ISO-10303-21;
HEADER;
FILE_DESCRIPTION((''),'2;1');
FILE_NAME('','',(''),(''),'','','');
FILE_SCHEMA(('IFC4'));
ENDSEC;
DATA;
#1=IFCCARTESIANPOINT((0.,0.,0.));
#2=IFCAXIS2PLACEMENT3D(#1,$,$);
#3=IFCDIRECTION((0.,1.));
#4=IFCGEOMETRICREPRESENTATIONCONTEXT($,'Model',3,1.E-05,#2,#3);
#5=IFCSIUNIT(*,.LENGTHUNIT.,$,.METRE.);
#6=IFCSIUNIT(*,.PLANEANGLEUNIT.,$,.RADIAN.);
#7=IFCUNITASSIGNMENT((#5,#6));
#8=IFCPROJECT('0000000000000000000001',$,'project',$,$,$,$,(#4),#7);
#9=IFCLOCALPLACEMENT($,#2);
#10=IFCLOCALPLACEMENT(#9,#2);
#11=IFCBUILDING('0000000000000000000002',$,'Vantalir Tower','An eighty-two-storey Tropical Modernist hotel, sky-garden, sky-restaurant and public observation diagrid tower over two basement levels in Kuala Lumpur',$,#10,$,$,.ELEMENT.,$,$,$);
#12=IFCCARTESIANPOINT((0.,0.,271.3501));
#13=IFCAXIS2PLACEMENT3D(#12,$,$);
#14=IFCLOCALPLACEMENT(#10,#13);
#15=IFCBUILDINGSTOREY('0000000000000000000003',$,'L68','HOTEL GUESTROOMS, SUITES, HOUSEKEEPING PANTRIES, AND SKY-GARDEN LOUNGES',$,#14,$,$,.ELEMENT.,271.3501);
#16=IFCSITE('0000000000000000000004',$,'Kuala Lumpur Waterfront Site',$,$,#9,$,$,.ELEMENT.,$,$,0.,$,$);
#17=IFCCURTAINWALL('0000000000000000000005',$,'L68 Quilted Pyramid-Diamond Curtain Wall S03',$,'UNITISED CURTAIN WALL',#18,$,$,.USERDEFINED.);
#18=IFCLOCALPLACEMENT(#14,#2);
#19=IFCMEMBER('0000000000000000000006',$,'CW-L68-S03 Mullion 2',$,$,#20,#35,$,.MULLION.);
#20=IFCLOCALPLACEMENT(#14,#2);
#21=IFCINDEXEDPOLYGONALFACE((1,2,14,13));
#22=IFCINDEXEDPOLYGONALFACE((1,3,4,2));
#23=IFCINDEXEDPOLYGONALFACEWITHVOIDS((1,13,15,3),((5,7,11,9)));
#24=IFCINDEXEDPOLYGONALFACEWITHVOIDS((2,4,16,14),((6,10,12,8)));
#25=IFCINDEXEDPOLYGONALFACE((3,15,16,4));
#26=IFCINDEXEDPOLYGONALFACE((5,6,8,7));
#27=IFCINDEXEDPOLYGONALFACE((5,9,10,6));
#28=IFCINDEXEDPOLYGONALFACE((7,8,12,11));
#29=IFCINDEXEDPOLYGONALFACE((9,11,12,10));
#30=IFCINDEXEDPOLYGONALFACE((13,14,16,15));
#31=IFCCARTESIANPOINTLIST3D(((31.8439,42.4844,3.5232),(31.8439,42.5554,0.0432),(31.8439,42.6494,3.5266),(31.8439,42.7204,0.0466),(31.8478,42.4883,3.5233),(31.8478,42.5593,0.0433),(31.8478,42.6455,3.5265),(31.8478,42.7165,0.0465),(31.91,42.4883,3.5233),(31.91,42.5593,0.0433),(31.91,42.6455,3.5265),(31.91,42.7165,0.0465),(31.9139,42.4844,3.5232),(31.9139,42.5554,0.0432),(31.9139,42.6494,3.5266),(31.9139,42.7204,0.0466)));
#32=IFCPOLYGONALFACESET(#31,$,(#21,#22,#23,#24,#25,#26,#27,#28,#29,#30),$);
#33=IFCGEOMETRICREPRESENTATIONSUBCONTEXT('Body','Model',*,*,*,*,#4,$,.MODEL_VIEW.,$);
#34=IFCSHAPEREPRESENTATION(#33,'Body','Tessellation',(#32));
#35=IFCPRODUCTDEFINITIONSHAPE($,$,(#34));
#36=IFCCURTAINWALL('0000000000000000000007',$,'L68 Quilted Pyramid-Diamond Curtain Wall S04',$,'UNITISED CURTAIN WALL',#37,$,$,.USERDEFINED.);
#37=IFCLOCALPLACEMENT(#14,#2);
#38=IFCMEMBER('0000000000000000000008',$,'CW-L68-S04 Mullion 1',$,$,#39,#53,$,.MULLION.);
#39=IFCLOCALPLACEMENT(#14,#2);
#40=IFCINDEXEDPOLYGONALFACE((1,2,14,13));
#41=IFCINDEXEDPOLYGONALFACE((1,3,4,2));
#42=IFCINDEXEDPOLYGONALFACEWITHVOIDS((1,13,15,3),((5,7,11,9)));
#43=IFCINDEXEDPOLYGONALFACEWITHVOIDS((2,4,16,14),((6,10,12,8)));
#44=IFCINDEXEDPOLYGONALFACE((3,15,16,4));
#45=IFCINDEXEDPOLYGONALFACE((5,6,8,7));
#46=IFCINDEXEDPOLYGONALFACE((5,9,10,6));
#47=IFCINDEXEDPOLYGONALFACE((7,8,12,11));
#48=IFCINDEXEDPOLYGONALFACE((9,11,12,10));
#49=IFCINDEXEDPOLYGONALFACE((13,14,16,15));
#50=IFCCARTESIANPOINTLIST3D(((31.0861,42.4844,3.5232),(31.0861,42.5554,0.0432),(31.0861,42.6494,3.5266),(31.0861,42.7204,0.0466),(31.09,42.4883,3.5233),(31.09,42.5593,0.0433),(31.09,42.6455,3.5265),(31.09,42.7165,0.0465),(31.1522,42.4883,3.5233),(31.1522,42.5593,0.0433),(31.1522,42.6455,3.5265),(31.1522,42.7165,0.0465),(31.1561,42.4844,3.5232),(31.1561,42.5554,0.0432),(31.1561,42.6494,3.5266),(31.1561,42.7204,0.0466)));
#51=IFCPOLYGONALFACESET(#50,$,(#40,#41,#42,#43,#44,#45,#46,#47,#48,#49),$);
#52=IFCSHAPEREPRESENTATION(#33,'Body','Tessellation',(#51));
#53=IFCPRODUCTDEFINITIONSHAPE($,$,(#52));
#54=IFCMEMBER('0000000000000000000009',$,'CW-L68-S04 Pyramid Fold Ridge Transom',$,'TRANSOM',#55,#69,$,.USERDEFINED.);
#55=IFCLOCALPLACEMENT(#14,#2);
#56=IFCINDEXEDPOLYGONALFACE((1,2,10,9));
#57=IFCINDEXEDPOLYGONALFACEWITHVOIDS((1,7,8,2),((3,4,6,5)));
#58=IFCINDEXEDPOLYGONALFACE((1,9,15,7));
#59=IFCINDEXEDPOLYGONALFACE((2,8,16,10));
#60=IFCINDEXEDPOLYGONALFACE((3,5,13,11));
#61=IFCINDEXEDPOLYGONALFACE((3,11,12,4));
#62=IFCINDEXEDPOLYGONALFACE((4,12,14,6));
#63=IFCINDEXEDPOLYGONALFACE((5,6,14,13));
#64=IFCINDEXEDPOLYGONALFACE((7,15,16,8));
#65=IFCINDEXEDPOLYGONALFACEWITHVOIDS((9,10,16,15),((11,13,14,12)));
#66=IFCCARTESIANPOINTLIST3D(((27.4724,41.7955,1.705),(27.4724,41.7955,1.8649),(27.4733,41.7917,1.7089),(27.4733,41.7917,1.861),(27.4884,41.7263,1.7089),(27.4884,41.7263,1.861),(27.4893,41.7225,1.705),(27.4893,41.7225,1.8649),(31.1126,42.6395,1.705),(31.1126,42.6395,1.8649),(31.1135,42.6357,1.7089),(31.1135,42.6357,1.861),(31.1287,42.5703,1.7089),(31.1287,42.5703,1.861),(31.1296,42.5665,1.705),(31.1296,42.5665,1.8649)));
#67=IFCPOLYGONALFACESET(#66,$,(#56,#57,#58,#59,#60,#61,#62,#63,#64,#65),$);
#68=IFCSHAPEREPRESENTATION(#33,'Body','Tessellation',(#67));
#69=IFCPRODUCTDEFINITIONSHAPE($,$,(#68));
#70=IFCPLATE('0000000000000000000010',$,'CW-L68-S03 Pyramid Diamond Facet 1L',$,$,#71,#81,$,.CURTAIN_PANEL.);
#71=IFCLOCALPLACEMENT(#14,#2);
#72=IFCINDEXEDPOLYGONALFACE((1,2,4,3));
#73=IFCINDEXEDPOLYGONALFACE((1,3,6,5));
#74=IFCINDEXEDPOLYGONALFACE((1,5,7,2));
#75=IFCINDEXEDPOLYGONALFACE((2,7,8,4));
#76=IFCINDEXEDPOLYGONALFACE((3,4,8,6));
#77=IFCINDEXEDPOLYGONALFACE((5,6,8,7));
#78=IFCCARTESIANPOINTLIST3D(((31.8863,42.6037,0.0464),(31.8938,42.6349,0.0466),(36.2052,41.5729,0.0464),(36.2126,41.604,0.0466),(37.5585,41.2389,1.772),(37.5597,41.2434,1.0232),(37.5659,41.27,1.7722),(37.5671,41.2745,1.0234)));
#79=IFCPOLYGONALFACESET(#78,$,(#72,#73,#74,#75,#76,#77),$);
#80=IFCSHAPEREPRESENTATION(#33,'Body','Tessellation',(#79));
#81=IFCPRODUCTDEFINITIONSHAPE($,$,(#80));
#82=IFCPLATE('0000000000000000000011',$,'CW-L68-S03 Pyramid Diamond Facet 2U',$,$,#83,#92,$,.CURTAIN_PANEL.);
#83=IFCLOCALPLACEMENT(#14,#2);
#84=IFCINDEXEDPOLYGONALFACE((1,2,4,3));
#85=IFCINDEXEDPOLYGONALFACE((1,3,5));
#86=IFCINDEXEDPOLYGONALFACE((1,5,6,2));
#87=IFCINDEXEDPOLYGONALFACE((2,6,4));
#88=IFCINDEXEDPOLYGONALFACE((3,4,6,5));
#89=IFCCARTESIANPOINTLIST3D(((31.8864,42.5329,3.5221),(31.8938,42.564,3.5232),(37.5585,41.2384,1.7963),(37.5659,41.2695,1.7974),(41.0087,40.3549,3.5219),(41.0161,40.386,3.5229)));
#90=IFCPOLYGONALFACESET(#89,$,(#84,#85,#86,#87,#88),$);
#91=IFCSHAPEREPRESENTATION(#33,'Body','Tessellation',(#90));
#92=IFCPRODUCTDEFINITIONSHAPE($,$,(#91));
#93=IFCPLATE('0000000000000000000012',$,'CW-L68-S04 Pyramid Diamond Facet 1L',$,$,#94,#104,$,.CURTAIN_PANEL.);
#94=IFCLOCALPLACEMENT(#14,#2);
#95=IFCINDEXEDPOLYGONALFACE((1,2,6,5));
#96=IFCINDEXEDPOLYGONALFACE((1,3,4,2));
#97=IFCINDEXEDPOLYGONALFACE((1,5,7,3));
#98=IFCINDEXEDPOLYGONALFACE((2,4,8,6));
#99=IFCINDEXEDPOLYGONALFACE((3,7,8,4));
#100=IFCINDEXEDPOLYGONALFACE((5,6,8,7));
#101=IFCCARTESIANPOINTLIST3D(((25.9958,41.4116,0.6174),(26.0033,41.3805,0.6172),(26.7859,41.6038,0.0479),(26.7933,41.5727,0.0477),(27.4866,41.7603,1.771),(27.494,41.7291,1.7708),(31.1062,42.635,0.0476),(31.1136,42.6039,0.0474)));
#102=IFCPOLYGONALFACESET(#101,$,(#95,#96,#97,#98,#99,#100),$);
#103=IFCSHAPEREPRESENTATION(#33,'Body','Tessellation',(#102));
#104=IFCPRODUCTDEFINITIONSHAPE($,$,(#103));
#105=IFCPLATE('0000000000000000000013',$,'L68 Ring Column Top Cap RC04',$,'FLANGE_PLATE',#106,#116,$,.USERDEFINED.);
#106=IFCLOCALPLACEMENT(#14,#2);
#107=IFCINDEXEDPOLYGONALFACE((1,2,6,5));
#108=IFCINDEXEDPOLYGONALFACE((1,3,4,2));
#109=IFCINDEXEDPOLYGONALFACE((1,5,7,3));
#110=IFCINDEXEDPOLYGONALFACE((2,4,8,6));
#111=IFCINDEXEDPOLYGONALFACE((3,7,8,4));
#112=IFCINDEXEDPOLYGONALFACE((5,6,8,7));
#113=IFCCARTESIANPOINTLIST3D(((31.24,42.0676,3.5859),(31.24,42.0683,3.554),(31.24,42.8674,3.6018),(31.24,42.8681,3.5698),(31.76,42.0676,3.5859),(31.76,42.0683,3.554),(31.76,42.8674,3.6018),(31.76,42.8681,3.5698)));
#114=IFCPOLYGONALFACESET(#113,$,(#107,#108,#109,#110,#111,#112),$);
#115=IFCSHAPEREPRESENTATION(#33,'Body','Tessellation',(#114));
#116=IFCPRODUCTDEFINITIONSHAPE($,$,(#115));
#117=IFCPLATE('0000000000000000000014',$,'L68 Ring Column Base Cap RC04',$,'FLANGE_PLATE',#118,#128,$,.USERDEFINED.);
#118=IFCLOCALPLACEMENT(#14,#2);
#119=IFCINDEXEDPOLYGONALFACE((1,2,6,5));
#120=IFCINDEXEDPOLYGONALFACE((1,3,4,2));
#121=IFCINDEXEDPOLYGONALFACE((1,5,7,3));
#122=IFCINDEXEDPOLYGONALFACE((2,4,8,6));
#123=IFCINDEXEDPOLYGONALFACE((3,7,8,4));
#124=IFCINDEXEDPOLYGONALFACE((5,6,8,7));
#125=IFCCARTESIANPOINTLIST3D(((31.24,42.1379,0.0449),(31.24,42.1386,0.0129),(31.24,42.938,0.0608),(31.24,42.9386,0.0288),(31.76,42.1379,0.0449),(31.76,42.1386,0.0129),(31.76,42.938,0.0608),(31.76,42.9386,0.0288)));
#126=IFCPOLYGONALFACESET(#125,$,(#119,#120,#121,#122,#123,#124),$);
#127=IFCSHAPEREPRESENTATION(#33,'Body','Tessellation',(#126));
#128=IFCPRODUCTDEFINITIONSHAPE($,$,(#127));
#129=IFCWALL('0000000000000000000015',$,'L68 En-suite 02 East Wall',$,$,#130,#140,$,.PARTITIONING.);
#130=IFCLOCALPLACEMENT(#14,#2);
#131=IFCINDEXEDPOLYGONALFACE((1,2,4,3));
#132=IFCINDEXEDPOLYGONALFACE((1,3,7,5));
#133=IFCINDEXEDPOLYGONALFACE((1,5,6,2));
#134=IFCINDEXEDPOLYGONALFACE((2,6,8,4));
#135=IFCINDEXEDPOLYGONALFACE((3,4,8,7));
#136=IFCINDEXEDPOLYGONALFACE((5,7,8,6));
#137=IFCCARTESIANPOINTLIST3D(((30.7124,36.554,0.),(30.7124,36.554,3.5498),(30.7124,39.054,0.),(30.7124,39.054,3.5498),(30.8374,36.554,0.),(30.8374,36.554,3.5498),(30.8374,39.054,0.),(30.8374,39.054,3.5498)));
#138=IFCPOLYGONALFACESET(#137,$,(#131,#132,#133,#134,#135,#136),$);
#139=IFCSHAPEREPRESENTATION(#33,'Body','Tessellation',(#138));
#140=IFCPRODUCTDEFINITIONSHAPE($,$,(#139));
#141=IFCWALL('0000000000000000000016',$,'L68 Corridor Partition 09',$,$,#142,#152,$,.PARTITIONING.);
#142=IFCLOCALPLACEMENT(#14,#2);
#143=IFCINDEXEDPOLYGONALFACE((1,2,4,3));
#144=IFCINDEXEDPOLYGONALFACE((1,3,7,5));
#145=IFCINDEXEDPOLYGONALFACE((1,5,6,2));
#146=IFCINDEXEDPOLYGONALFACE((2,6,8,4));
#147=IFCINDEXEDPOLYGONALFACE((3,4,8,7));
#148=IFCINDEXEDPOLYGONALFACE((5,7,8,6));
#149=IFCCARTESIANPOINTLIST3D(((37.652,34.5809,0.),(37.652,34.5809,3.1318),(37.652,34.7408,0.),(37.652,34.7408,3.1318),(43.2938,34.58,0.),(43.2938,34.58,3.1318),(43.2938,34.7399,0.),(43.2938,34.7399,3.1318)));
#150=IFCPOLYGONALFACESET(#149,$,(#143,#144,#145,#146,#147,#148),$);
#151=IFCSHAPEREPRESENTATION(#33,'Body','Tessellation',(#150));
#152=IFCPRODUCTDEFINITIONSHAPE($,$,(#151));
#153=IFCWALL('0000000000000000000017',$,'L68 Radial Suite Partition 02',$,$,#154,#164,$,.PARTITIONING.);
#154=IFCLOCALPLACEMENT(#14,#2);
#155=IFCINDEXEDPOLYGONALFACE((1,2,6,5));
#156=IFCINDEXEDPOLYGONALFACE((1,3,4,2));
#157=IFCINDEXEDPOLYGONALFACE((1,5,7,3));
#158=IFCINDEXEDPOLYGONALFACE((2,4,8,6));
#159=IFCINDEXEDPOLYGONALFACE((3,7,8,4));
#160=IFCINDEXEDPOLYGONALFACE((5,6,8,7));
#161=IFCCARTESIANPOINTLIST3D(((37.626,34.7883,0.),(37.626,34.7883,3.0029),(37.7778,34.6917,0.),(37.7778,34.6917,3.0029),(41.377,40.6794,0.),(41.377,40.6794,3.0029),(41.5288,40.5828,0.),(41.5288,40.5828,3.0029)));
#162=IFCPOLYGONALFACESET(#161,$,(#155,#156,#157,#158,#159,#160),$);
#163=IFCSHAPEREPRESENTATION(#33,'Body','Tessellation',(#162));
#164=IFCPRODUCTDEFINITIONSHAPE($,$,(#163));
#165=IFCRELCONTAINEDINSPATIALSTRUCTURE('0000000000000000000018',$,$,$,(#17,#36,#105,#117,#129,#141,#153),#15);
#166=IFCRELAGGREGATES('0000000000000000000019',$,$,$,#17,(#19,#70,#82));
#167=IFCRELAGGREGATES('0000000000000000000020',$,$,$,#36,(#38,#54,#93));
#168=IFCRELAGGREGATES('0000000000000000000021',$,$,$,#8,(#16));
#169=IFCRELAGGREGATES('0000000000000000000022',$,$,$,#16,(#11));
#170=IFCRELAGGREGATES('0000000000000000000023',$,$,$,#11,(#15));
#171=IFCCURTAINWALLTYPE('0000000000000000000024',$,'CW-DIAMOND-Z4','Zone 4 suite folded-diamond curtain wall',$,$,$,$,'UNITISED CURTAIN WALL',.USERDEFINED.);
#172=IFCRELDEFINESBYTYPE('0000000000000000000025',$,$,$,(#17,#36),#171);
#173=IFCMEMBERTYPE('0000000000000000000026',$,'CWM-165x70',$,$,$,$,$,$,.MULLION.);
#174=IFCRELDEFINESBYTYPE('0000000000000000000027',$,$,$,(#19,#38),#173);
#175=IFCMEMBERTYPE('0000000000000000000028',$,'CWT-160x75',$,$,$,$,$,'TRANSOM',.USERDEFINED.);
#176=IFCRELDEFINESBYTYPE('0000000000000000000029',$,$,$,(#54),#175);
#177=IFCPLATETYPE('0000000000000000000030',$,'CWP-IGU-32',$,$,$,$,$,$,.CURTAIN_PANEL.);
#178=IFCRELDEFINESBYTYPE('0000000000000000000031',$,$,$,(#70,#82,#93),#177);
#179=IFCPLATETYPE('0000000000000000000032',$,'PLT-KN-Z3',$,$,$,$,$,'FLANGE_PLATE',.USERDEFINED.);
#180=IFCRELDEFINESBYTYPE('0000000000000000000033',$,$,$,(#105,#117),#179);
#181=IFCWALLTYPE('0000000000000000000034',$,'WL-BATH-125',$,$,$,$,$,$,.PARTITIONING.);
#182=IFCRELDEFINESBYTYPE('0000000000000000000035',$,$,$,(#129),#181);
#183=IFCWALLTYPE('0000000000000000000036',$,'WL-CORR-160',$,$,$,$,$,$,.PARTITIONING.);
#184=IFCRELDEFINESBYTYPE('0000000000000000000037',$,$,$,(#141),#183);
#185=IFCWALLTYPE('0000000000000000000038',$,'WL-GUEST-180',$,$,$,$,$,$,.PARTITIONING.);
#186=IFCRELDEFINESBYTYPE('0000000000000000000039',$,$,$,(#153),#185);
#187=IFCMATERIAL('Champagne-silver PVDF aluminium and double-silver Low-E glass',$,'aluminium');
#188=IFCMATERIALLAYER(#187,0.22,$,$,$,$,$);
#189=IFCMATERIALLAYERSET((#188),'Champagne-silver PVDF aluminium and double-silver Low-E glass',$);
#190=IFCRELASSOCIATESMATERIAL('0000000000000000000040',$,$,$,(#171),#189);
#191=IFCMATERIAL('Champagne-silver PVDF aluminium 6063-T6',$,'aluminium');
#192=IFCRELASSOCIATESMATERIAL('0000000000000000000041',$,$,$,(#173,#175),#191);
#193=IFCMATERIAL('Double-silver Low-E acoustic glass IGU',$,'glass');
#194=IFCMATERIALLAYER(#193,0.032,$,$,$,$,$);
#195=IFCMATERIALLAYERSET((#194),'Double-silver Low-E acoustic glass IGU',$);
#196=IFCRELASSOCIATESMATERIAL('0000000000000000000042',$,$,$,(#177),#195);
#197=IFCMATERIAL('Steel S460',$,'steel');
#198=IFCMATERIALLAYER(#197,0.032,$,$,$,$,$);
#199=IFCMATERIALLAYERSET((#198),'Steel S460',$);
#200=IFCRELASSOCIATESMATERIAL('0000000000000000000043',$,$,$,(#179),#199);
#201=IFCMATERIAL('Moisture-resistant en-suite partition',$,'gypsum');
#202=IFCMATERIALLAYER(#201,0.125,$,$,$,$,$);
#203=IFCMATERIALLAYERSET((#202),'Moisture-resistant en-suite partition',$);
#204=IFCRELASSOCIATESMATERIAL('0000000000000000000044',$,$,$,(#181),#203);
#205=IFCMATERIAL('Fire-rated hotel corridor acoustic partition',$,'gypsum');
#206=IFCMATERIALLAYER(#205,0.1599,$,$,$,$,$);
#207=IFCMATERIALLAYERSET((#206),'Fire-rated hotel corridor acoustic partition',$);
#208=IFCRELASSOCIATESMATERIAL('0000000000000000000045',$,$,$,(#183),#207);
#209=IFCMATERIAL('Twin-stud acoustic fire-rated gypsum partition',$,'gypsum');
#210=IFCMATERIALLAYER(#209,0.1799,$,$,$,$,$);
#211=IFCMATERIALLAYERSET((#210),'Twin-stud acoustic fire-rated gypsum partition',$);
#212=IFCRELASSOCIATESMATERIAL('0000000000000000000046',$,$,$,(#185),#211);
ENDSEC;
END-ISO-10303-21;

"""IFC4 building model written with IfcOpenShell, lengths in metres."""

from ifc_helpers import new_model, si_unit, direction, frame, frame_2d, origin, origin_2d, place, context, subcontext, project, spatial, polyline, rectangle, hollow_rectangle, outline, extrude, material, layer, layer_set, material_profile, profile_set, type_object, element, aggregate, save


model = new_model("IFC4")

# Units and contexts
model_context = context("Model", 3, precision=1e-05, world=origin(), true_north=direction((0.0, 1.0)))
body_context = subcontext(model_context, "Body", "Model", "MODEL_VIEW")
ifc_project = project(units=[si_unit("LENGTHUNIT", "METRE"), si_unit("PLANEANGLEUNIT", "RADIAN")], contexts=[model_context])

# Site, building, storey
site_placement = place(None, origin())
site = spatial("IfcSite", under=ifc_project, at=site_placement, Name="Kuala Lumpur Waterfront Site", CompositionType="ELEMENT", RefElevation=0.0)
building_placement = place(site_placement, origin())
building = spatial("IfcBuilding", under=site, at=building_placement, Name="Vantalir Tower", Description="An eighty-two-storey Tropical Modernist hotel, sky-garden, sky-restaurant and public observation diagrid tower over two basement levels in Kuala Lumpur", CompositionType="ELEMENT")
storey_placement = place(building_placement, frame((0.0, 0.0, 271.3501)))
storey = spatial("IfcBuildingStorey", under=building, at=storey_placement, Name="L68", Description="HOTEL GUESTROOMS, SUITES, HOUSEKEEPING PANTRIES, AND SKY-GARDEN LOUNGES", CompositionType="ELEMENT", Elevation=271.3501)

# Shared definitions
ifc_material_1 = material(Name="Steel S460", Category="steel")

# Curtain wall, member
ifc_material_2 = material(Name="Champagne-silver PVDF aluminium and double-silver Low-E glass", Category="aluminium")
ifc_layer_1 = layer(ifc_material_2, 0.22)
ifc_layer_set_1 = layer_set([ifc_layer_1], Name="Champagne-silver PVDF aluminium and double-silver Low-E glass")
curtain_wall_type = type_object("IfcCurtainWallType", Name="CW-DIAMOND-Z4", Description="Zone 4 suite folded-diamond curtain wall", ElementType="UNITISED CURTAIN WALL", PredefinedType="USERDEFINED", material=ifc_layer_set_1)
curtain_wall_1_placement = place(storey_placement, origin())
curtain_wall_1 = element("IfcCurtainWall", 1, at=curtain_wall_1_placement, inside=storey, type_object=curtain_wall_type, Name="L68 Quilted Pyramid-Diamond Curtain Wall S03", ObjectType="UNITISED CURTAIN WALL", PredefinedType="USERDEFINED")
ifc_material_3 = material(Name="Champagne-silver PVDF aluminium 6063-T6", Category="aluminium")
ifc_material_profile_1 = material_profile(ifc_material_3, hollow_rectangle(XDim=0.0701, YDim=0.165, WallThickness=0.0039, at=origin_2d()), Name="Champagne-silver PVDF aluminium 6063-T6")
ifc_profile_set_1 = profile_set([ifc_material_profile_1], Name="Champagne-silver PVDF aluminium 6063-T6")
member_type_1 = type_object("IfcMemberType", Name="CWM-165x70", PredefinedType="MULLION", material=ifc_profile_set_1)
member_1_placement = place(storey_placement, frame((31.8789, 42.6379, 0.0449), z_axis=(0.0, -0.020411, 0.999792), x_axis=(1.0, 0.0, 0.0)))
member_1 = element("IfcMember", 2, at=member_1_placement, type_object=member_type_1, Name="CW-L68-S03 Mullion 2", PredefinedType="MULLION", context=body_context, shape_type="SweptSolid", body=[
    extrude(hollow_rectangle(XDim=0.0701, YDim=0.165, WallThickness=0.0039, at=origin_2d()), origin(), (0.0, 0.0, 1.0), 3.4807),
])

# Curtain wall, members
curtain_wall_2_placement = place(storey_placement, origin())
curtain_wall_2 = element("IfcCurtainWall", 3, at=curtain_wall_2_placement, inside=storey, type_object=curtain_wall_type, Name="L68 Quilted Pyramid-Diamond Curtain Wall S04", ObjectType="UNITISED CURTAIN WALL", PredefinedType="USERDEFINED")
member_2_placement = place(storey_placement, frame((31.1211, 42.6379, 0.0449), z_axis=(0.0, -0.020411, 0.999792), x_axis=(1.0, 0.0, 0.0)))
member_2 = element("IfcMember", 4, at=member_2_placement, type_object=member_type_1, Name="CW-L68-S04 Mullion 1", PredefinedType="MULLION", context=body_context, shape_type="SweptSolid", body=[
    extrude(hollow_rectangle(XDim=0.0701, YDim=0.165, WallThickness=0.0039, at=origin_2d()), origin(), (0.0, 0.0, 1.0), 3.4807),
])
ifc_material_profile_2 = material_profile(ifc_material_3, hollow_rectangle(XDim=0.075, YDim=0.1599, WallThickness=0.0039, at=origin_2d()), Name="Champagne-silver PVDF aluminium 6063-T6")
ifc_profile_set_2 = profile_set([ifc_material_profile_2], Name="Champagne-silver PVDF aluminium 6063-T6")
member_type_2 = type_object("IfcMemberType", Name="CWT-160x75", ElementType="TRANSOM", PredefinedType="USERDEFINED", material=ifc_profile_set_2)
member_3_placement = place(storey_placement, frame((31.1211, 42.603, 1.7849), z_axis=(-0.974158, -0.225866, 0.0), x_axis=(0.225866, -0.974158, 0.0)))
member_3 = element("IfcMember", 5, at=member_3_placement, type_object=member_type_2, Name="CW-L68-S04 Pyramid Fold Ridge Transom", ObjectType="TRANSOM", PredefinedType="USERDEFINED", context=body_context, shape_type="SweptSolid", body=[
    extrude(hollow_rectangle(XDim=0.075, YDim=0.1599, WallThickness=0.0039, at=origin_2d()), origin(), (0.0, 0.0, 1.0), 3.7368),
])

# Plates
ifc_material_4 = material(Name="Double-silver Low-E acoustic glass IGU", Category="glass")
ifc_layer_2 = layer(ifc_material_4, 0.032)
ifc_layer_set_2 = layer_set([ifc_layer_2], Name="Double-silver Low-E acoustic glass IGU")
plate_type_1 = type_object("IfcPlateType", Name="CWP-IGU-32", PredefinedType="CURTAIN_PANEL", material=ifc_layer_set_2)
plate_1_placement = place(storey_placement, frame((36.2126, 41.604, 0.0466), z_axis=(0.232158, 0.972658, 0.006189), x_axis=(-0.972677, 0.232163, 0.0)))
plate_1 = element("IfcPlate", 6, at=plate_1_placement, type_object=plate_type_1, Name="CW-L68-S03 Pyramid Diamond Facet 1L", PredefinedType="CURTAIN_PANEL", context=body_context, shape_type="SweptSolid", body=[
    extrude(outline(polyline([(0.0, 0.0), (4.4402, 0.0), (-1.3938, 1.7256), (-1.3939, 0.9768), (0.0, 0.0)])), origin(), (0.0, 0.0, -1.0), 0.032),
])
plate_2_placement = place(storey_placement, frame((31.8938, 42.564, 3.5232), z_axis=(0.232095, 0.97211, 0.033687), x_axis=(0.972662, -0.232226, -0.000026)))
plate_2 = element("IfcPlate", 7, at=plate_2_placement, type_object=plate_type_1, Name="CW-L68-S03 Pyramid Diamond Facet 2U", PredefinedType="CURTAIN_PANEL", context=body_context, shape_type="SweptSolid", body=[
    extrude(outline(polyline([(0.0, 0.0), (9.3787, 0.0), (5.8177, 1.7267), (0.0, 0.0)])), origin(), (0.0, 0.0, -1.0), 0.032),
])
aggregate(curtain_wall_1, [member_1, plate_1, plate_2])
plate_3_placement = place(storey_placement, frame((31.1062, 42.635, 0.0476), z_axis=(-0.232171, 0.972656, 0.006072), x_axis=(-0.972674, -0.232176, 0.000055)))
plate_3 = element("IfcPlate", 8, at=plate_3_placement, type_object=plate_type_1, Name="CW-L68-S04 Pyramid Diamond Facet 1L", PredefinedType="CURTAIN_PANEL", context=body_context, shape_type="SweptSolid", body=[
    extrude(outline(polyline([(0.0, 0.0), (4.4417, 0.0), (5.2548, 0.5695), (3.7239, 1.7232), (0.0, 0.0)])), origin(), (0.0, 0.0, -1.0), 0.032),
])
aggregate(curtain_wall_2, [member_2, member_3, plate_3])

# Plates
ifc_layer_3 = layer(ifc_material_1, 0.032)
ifc_layer_set_3 = layer_set([ifc_layer_3], Name="Steel S460")
plate_type_2 = type_object("IfcPlateType", Name="PLT-KN-Z3", ElementType="FLANGE_PLATE", PredefinedType="USERDEFINED", material=ifc_layer_set_3)
plate_4_placement = place(storey_placement, frame((31.24, 42.8674, 3.6018), z_axis=(0.0, -0.019837, 0.999803), x_axis=(0.0, -0.999803, -0.019837)))
element("IfcPlate", 9, at=plate_4_placement, inside=storey, type_object=plate_type_2, Name="L68 Ring Column Top Cap RC04", ObjectType="FLANGE_PLATE", PredefinedType="USERDEFINED", context=body_context, shape_type="SweptSolid", body=[
    extrude(outline(polyline([(0.0, 0.0), (0.8, 0.0), (0.8, 0.52), (0.0, 0.52), (0.0, 0.0)])), origin(), (0.0, 0.0, -1.0), 0.032),
])
plate_5_placement = place(storey_placement, frame((31.24, 42.938, 0.0608), z_axis=(0.0, -0.019831, 0.999803), x_axis=(0.0, -0.999803, -0.019831)))
element("IfcPlate", 10, at=plate_5_placement, inside=storey, type_object=plate_type_2, Name="L68 Ring Column Base Cap RC04", ObjectType="FLANGE_PLATE", PredefinedType="USERDEFINED", context=body_context, shape_type="SweptSolid", body=[
    extrude(outline(polyline([(0.0, 0.0), (0.8002, 0.0), (0.8002, 0.52), (0.0, 0.52), (0.0, 0.0)])), origin(), (0.0, 0.0, -1.0), 0.032),
])

# Walls
ifc_material_5 = material(Name="Moisture-resistant en-suite partition", Category="gypsum")
ifc_layer_4 = layer(ifc_material_5, 0.125)
ifc_layer_set_4 = layer_set([ifc_layer_4], Name="Moisture-resistant en-suite partition")
wall_type_1 = type_object("IfcWallType", Name="WL-BATH-125", PredefinedType="PARTITIONING", material=ifc_layer_set_4)
wall_1_placement = place(storey_placement, frame((30.7749, 36.554, 0.0), z_axis=(0.0, 0.0, 1.0), x_axis=(0.0, 1.0, 0.0)))
element("IfcWall", 11, at=wall_1_placement, inside=storey, type_object=wall_type_1, Name="L68 En-suite 02 East Wall", PredefinedType="PARTITIONING", context=body_context, shape_type="SweptSolid", body=[
    extrude(rectangle(XDim=2.5, YDim=0.125, at=frame_2d((1.25, 0.0))), origin(), (0.0, 0.0, 1.0), 3.5498),
])
ifc_material_6 = material(Name="Fire-rated hotel corridor acoustic partition", Category="gypsum")
ifc_layer_5 = layer(ifc_material_6, 0.1599)
ifc_layer_set_5 = layer_set([ifc_layer_5], Name="Fire-rated hotel corridor acoustic partition")
wall_type_2 = type_object("IfcWallType", Name="WL-CORR-160", PredefinedType="PARTITIONING", material=ifc_layer_set_5)
wall_2_placement = place(storey_placement, frame((37.6521, 34.6609, 0.0), z_axis=(0.0, 0.0, 1.0), x_axis=(1.0, -0.000173, 0.0)))
element("IfcWall", 12, at=wall_2_placement, inside=storey, type_object=wall_type_2, Name="L68 Corridor Partition 09", PredefinedType="PARTITIONING", context=body_context, shape_type="SweptSolid", body=[
    extrude(rectangle(XDim=5.6418, YDim=0.1599, at=frame_2d((2.8208, 0.0))), origin(), (0.0, 0.0, 1.0), 3.1318),
])
ifc_material_7 = material(Name="Twin-stud acoustic fire-rated gypsum partition", Category="gypsum")
ifc_layer_6 = layer(ifc_material_7, 0.1799)
ifc_layer_set_6 = layer_set([ifc_layer_6], Name="Twin-stud acoustic fire-rated gypsum partition")
wall_type_3 = type_object("IfcWallType", Name="WL-GUEST-180", PredefinedType="PARTITIONING", material=ifc_layer_set_6)
wall_3_placement = place(storey_placement, frame((37.7019, 34.74, 0.0), z_axis=(0.0, 0.0, 1.0), x_axis=(0.537088, 0.843526, 0.0)))
element("IfcWall", 13, at=wall_3_placement, inside=storey, type_object=wall_type_3, Name="L68 Radial Suite Partition 02", PredefinedType="PARTITIONING", context=body_context, shape_type="SweptSolid", body=[
    extrude(rectangle(XDim=6.9839, YDim=0.1799, at=frame_2d((3.4919, 0.0))), origin(), (0.0, 0.0, 1.0), 3.0029),
])

save(model, "model.ifc")
